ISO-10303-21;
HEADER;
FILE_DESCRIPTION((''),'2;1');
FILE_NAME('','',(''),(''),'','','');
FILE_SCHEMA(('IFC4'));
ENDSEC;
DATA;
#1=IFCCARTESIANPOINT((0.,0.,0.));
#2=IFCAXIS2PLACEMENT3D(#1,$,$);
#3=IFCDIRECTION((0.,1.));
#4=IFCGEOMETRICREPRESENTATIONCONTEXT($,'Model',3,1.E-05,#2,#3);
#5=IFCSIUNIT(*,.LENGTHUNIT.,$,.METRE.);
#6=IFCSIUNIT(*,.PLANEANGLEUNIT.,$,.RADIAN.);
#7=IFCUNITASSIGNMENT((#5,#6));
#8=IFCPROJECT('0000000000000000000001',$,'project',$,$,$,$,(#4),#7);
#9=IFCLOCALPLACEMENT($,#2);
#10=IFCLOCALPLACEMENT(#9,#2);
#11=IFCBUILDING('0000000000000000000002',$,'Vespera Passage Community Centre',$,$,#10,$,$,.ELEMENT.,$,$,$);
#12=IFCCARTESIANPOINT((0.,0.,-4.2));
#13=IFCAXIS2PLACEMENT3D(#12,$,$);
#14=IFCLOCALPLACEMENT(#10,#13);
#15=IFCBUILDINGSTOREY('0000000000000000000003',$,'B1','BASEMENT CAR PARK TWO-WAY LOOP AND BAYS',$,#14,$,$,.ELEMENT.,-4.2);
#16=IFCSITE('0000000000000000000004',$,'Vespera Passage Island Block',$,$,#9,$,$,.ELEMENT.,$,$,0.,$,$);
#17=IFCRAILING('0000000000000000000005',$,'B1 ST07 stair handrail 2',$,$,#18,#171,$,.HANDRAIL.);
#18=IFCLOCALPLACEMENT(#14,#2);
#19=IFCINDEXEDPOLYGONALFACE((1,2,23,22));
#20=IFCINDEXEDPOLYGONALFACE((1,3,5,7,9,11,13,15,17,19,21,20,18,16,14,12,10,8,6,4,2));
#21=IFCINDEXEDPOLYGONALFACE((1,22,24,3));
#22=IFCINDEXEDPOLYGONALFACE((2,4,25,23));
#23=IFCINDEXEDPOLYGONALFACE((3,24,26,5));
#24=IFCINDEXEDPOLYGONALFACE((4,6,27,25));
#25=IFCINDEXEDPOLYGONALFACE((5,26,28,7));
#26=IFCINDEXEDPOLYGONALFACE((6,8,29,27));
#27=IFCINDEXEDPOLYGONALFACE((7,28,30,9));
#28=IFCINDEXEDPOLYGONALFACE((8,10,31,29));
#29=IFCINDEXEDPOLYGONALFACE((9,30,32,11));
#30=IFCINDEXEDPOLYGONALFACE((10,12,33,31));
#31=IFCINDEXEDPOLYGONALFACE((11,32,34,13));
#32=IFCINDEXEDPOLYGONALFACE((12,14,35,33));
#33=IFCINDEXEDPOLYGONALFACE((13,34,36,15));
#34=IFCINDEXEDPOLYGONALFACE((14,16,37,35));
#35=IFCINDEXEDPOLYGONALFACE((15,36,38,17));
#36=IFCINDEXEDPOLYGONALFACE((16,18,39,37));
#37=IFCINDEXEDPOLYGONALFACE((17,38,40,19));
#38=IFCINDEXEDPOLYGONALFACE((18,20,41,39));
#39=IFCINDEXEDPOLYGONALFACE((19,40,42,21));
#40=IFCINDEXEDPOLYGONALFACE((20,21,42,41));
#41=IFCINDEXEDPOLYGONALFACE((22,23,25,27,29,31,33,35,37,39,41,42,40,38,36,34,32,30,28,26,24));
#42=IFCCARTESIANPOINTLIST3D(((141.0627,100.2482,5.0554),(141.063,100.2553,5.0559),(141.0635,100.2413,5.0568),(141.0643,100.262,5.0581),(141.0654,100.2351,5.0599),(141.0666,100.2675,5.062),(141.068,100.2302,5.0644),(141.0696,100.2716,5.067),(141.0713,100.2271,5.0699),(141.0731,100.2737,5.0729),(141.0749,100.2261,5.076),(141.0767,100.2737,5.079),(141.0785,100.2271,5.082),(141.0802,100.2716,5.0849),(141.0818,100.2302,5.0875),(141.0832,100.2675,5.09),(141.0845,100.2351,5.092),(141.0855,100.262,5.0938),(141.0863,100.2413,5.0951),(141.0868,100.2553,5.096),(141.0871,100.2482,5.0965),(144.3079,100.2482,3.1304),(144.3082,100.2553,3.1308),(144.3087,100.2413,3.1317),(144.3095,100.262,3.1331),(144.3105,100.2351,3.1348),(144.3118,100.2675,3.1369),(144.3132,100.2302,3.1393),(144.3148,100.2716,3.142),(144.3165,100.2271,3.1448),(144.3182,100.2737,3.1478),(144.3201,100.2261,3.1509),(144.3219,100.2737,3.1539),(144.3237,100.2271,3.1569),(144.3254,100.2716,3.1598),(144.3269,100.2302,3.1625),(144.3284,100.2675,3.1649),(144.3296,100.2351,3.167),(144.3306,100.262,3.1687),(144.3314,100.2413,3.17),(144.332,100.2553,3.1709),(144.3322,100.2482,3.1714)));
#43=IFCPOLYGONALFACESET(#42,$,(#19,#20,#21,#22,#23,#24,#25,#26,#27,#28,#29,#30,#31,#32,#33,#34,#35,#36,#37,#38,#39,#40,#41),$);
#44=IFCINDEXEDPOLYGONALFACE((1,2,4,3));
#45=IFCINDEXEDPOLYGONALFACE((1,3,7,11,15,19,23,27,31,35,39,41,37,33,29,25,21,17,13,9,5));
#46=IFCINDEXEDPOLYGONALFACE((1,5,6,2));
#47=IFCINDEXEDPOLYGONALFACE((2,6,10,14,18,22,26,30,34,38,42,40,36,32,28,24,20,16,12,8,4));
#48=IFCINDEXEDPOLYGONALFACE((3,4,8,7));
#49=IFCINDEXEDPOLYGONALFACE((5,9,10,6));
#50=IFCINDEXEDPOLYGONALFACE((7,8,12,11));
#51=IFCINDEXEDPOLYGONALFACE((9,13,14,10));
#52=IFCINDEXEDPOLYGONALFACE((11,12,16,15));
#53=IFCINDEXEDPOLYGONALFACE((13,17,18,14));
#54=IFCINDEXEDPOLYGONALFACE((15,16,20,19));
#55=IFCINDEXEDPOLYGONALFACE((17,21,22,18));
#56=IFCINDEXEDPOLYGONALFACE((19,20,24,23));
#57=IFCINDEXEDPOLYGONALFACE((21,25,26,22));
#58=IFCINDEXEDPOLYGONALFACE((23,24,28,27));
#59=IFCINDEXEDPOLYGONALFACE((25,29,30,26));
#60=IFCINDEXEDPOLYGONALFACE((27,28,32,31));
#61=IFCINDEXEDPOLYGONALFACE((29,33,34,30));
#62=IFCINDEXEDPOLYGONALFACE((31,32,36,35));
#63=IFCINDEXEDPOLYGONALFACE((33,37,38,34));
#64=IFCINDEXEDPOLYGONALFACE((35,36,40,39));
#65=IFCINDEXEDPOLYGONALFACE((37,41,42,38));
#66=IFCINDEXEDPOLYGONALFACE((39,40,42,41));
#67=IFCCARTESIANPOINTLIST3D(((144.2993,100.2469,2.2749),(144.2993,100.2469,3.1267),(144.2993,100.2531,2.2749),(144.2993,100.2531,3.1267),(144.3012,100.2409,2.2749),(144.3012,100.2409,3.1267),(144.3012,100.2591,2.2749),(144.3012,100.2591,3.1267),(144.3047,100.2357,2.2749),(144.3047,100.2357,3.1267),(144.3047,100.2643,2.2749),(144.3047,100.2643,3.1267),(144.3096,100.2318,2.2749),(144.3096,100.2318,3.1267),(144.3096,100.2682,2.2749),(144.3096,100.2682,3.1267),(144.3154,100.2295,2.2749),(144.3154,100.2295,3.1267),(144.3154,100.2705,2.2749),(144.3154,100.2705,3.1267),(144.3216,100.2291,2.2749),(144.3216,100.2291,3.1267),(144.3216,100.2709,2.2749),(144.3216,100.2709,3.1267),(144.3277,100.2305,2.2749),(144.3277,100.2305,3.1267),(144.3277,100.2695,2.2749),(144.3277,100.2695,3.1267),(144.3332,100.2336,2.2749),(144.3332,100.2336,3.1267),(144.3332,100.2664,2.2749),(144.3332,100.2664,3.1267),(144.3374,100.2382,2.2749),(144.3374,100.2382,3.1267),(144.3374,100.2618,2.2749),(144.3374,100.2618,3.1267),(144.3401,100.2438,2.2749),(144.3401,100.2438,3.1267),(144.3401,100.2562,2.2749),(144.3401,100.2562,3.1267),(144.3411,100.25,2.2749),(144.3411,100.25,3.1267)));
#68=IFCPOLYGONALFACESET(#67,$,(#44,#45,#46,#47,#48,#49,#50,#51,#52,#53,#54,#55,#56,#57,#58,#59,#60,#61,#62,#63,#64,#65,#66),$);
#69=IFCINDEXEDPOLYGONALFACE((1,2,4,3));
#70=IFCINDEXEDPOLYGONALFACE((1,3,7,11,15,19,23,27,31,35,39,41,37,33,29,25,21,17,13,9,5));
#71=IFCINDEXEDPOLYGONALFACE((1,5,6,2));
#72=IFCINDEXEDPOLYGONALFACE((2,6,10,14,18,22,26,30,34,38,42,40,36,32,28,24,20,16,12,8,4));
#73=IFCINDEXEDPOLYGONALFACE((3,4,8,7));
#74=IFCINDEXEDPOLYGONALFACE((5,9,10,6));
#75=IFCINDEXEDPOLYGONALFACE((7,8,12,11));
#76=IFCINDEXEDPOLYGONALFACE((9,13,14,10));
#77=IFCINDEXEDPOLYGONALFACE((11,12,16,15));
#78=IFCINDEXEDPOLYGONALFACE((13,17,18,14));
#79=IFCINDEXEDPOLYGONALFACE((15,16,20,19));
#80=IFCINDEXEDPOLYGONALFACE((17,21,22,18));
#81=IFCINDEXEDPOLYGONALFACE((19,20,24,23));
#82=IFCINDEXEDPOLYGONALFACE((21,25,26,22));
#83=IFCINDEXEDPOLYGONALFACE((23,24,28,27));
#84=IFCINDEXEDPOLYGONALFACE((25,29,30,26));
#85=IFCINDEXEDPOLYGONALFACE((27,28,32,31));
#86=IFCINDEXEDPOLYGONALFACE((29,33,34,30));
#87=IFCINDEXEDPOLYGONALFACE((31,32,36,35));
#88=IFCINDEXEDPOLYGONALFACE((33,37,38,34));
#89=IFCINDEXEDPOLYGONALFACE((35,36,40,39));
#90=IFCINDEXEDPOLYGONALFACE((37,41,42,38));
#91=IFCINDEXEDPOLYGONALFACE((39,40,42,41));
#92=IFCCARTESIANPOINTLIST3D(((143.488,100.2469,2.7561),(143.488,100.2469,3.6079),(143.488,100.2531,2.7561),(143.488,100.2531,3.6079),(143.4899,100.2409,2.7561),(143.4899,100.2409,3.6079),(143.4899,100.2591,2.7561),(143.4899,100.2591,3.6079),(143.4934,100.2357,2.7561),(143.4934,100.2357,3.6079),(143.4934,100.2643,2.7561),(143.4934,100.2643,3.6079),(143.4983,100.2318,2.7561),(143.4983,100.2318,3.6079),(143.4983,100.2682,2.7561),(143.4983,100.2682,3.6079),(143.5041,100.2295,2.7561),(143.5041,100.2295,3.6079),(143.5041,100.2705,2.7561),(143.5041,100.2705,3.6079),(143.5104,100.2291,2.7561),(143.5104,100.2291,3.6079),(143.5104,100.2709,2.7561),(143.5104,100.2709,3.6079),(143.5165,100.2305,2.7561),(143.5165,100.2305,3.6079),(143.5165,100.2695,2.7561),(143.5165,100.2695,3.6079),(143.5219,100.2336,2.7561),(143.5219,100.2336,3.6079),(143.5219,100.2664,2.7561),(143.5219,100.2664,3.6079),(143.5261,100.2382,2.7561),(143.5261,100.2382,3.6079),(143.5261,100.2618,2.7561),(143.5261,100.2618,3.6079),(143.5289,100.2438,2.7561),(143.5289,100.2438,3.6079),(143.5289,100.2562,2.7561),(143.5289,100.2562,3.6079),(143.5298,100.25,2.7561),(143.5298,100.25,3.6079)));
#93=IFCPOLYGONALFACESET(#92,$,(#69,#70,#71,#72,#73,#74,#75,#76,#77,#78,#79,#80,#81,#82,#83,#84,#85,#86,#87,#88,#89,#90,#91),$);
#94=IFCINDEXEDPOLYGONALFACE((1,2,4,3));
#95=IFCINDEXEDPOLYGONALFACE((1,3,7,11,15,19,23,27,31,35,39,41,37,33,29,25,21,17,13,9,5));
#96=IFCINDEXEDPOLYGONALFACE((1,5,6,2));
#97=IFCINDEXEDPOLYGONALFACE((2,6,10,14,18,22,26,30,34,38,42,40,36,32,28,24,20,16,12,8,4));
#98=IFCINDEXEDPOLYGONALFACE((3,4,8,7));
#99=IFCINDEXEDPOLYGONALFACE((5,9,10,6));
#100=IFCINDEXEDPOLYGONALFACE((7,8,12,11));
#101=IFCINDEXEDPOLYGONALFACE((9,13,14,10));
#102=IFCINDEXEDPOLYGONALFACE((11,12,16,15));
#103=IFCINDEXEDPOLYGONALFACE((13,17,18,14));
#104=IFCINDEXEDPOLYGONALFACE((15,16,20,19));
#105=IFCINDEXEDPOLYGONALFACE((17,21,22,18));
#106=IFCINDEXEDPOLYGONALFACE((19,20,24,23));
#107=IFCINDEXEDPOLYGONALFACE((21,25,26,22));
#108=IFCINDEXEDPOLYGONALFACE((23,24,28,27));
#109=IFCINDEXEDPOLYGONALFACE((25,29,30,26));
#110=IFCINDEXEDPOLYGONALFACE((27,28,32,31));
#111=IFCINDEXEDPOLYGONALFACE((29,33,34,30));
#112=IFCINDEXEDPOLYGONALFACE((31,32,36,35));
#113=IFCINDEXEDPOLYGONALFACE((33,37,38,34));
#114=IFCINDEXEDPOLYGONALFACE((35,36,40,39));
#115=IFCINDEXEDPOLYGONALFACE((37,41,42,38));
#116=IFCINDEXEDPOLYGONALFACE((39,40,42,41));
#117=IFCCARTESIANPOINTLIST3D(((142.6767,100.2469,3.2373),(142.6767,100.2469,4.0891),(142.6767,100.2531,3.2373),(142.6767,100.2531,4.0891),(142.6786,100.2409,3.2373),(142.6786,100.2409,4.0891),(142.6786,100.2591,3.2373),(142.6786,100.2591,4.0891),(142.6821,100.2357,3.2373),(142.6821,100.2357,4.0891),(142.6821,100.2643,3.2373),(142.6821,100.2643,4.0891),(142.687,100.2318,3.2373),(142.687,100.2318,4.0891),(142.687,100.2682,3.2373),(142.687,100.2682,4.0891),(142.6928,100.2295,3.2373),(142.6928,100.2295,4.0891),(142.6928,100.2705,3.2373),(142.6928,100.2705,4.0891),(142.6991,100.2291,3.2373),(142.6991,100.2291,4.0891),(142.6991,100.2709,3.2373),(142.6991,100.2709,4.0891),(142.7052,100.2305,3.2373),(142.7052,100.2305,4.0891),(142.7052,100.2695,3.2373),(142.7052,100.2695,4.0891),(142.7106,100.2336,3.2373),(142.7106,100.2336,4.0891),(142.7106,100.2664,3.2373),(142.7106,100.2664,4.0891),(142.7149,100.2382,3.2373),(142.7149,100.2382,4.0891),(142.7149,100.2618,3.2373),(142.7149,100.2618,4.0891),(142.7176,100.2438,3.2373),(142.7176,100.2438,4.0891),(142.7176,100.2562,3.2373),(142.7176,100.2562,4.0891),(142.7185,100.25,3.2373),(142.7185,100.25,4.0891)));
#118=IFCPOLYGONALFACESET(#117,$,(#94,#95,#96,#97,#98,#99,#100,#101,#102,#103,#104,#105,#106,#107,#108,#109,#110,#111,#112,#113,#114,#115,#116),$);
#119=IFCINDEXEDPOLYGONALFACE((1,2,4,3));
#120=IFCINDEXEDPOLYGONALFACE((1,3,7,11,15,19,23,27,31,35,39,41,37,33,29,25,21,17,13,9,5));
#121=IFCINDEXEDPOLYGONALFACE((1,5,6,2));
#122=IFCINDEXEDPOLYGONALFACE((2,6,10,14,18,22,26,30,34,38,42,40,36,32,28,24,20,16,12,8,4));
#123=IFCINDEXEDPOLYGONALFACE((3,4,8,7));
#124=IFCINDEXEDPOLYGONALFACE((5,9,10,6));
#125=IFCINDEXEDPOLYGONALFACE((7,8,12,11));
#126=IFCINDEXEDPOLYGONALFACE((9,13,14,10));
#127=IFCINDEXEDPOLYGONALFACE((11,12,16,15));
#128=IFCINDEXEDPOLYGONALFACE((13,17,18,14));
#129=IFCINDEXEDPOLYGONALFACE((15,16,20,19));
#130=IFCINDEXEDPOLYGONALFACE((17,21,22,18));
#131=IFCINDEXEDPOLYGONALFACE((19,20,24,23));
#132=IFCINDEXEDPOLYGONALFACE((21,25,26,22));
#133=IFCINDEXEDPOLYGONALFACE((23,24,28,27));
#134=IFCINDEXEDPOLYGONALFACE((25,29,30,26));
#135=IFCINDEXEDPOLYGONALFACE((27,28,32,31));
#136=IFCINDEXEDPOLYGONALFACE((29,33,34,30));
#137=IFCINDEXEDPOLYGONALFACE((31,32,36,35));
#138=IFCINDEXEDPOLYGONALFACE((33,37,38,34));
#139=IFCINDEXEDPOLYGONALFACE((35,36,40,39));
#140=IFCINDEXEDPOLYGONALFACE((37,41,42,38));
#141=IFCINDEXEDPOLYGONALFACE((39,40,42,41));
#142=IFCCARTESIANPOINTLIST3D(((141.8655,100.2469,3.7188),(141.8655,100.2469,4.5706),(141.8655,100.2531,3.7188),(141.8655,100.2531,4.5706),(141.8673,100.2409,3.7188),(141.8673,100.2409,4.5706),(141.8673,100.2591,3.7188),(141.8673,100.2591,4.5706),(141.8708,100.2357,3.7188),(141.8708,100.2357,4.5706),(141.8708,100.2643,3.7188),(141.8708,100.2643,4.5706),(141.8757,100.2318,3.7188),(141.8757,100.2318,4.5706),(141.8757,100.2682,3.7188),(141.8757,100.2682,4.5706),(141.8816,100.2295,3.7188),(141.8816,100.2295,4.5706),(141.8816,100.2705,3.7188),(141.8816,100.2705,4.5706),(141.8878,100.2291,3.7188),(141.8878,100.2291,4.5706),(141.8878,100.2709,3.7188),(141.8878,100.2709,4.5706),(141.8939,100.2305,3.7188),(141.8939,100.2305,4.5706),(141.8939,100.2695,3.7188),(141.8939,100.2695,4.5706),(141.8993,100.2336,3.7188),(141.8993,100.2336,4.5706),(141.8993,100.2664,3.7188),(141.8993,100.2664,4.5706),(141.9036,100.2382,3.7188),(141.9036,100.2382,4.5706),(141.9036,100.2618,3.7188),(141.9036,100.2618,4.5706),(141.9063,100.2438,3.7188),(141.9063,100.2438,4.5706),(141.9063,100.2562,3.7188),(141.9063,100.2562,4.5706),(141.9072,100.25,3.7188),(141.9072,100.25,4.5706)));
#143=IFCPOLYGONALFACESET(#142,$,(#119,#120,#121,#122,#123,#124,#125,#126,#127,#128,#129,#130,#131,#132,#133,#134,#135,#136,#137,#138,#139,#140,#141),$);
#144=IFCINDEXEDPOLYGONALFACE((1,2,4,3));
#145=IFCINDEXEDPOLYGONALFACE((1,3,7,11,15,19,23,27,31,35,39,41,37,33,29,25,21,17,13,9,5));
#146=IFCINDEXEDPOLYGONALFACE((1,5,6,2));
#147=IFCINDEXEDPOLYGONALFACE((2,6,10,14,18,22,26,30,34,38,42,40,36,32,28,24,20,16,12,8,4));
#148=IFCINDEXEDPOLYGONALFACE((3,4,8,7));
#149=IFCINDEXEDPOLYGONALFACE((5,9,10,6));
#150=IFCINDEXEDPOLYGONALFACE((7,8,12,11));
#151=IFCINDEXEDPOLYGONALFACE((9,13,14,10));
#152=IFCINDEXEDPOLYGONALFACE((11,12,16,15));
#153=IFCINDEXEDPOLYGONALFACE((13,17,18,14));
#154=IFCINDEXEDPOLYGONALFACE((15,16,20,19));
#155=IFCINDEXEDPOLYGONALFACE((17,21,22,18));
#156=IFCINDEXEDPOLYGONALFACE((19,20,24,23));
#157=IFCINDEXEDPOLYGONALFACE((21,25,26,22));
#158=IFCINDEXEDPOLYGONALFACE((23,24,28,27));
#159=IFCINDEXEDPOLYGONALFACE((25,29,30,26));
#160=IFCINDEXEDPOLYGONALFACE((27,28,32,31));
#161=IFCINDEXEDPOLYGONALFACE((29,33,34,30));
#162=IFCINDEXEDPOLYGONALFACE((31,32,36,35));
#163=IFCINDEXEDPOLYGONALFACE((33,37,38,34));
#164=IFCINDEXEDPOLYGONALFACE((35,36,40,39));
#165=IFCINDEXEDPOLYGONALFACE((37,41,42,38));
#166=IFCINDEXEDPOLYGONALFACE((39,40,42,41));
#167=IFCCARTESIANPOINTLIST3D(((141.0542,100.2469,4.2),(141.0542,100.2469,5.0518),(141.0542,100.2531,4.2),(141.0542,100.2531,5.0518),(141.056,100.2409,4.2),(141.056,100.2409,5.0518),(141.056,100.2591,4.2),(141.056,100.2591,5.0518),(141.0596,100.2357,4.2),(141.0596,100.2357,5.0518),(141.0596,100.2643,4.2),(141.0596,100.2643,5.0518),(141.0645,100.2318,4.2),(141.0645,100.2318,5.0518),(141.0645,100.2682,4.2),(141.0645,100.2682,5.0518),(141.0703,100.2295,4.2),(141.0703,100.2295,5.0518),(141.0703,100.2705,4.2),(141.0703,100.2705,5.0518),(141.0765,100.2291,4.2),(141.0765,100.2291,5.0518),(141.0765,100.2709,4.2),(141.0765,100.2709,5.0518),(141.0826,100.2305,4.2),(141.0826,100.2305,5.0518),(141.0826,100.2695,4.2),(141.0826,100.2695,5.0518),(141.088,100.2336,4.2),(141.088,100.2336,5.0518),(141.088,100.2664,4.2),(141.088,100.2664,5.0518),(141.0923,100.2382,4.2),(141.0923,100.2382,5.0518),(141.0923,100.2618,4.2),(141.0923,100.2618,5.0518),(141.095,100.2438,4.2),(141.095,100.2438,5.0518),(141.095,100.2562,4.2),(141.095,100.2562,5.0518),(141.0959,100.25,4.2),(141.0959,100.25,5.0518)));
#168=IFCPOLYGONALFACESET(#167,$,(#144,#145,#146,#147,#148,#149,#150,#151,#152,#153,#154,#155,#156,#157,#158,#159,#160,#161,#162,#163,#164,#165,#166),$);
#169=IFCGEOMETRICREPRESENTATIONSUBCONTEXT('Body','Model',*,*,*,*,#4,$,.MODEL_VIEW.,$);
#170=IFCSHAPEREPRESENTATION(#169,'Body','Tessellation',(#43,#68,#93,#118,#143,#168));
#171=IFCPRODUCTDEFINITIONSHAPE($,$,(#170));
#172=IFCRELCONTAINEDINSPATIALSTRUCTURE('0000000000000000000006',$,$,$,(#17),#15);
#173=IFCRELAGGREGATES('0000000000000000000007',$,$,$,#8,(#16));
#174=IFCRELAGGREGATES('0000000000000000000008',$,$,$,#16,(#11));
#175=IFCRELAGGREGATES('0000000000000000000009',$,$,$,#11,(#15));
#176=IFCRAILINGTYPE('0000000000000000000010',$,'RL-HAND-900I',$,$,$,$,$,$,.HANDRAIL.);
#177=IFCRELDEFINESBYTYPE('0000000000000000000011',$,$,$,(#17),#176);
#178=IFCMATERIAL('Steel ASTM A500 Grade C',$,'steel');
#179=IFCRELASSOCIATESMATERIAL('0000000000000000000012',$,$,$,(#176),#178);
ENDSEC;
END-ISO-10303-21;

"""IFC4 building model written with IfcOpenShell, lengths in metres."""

from ifc_helpers import new_model, si_unit, direction, frame, origin, origin_2d, place, context, subcontext, project, spatial, circle, extrude, material, type_object, element, save


model = new_model("IFC4")

# Units and contexts
model_context = context("Model", 3, precision=1e-05, world=origin(), true_north=direction((0.0, 1.0)))
body_context = subcontext(model_context, "Body", "Model", "MODEL_VIEW")
ifc_project = project(units=[si_unit("LENGTHUNIT", "METRE"), si_unit("PLANEANGLEUNIT", "RADIAN")], contexts=[model_context])

# Site, building, storey
site_placement = place(None, origin())
site = spatial("IfcSite", under=ifc_project, at=site_placement, Name="Vespera Passage Island Block", CompositionType="ELEMENT", RefElevation=0.0)
building_placement = place(site_placement, origin())
building = spatial("IfcBuilding", under=site, at=building_placement, Name="Vespera Passage Community Centre", CompositionType="ELEMENT")
storey_placement = place(building_placement, frame((0.0, 0.0, -4.2)))
storey = spatial("IfcBuildingStorey", under=building, at=storey_placement, Name="B1", Description="BASEMENT CAR PARK TWO-WAY LOOP AND BAYS", CompositionType="ELEMENT", Elevation=-4.2)

# Railing
ifc_material_1 = material(Name="Steel ASTM A500 Grade C", Category="steel")
railing_type_1 = type_object("IfcRailingType", Name="RL-HAND-900I", PredefinedType="HANDRAIL", material=ifc_material_1)
railing_1_placement = place(storey_placement, frame((144.3201, 100.25, 2.2749)))
element("IfcRailing", 1, at=railing_1_placement, inside=storey, type_object=railing_type_1, Name="B1 ST07 stair handrail 2", PredefinedType="HANDRAIL", context=body_context, shape_type="SweptSolid", body=[
    extrude(circle(Radius=0.0239, at=origin_2d()), frame((0.0, 0.0, 0.876), z_axis=(-0.860057, 0.0, 0.510198), x_axis=(0.0, -1.0, 0.0)), (0.0, 0.0, 1.0), 3.7732),
    extrude(circle(Radius=0.021, at=origin_2d()), origin(), (0.0, 0.0, 1.0), 0.8518),
    extrude(circle(Radius=0.021, at=origin_2d()), frame((-0.8113, 0.0, 0.4812)), (0.0, 0.0, 1.0), 0.8518),
    extrude(circle(Radius=0.021, at=origin_2d()), frame((-1.6226, 0.0, 0.9624)), (0.0, 0.0, 1.0), 0.8518),
    extrude(circle(Radius=0.021, at=origin_2d()), frame((-2.4338, 0.0, 1.4438)), (0.0, 0.0, 1.0), 0.8518),
    extrude(circle(Radius=0.021, at=origin_2d()), frame((-3.2451, 0.0, 1.925)), (0.0, 0.0, 1.0), 0.8518),
])

save(model, "model.ifc")
